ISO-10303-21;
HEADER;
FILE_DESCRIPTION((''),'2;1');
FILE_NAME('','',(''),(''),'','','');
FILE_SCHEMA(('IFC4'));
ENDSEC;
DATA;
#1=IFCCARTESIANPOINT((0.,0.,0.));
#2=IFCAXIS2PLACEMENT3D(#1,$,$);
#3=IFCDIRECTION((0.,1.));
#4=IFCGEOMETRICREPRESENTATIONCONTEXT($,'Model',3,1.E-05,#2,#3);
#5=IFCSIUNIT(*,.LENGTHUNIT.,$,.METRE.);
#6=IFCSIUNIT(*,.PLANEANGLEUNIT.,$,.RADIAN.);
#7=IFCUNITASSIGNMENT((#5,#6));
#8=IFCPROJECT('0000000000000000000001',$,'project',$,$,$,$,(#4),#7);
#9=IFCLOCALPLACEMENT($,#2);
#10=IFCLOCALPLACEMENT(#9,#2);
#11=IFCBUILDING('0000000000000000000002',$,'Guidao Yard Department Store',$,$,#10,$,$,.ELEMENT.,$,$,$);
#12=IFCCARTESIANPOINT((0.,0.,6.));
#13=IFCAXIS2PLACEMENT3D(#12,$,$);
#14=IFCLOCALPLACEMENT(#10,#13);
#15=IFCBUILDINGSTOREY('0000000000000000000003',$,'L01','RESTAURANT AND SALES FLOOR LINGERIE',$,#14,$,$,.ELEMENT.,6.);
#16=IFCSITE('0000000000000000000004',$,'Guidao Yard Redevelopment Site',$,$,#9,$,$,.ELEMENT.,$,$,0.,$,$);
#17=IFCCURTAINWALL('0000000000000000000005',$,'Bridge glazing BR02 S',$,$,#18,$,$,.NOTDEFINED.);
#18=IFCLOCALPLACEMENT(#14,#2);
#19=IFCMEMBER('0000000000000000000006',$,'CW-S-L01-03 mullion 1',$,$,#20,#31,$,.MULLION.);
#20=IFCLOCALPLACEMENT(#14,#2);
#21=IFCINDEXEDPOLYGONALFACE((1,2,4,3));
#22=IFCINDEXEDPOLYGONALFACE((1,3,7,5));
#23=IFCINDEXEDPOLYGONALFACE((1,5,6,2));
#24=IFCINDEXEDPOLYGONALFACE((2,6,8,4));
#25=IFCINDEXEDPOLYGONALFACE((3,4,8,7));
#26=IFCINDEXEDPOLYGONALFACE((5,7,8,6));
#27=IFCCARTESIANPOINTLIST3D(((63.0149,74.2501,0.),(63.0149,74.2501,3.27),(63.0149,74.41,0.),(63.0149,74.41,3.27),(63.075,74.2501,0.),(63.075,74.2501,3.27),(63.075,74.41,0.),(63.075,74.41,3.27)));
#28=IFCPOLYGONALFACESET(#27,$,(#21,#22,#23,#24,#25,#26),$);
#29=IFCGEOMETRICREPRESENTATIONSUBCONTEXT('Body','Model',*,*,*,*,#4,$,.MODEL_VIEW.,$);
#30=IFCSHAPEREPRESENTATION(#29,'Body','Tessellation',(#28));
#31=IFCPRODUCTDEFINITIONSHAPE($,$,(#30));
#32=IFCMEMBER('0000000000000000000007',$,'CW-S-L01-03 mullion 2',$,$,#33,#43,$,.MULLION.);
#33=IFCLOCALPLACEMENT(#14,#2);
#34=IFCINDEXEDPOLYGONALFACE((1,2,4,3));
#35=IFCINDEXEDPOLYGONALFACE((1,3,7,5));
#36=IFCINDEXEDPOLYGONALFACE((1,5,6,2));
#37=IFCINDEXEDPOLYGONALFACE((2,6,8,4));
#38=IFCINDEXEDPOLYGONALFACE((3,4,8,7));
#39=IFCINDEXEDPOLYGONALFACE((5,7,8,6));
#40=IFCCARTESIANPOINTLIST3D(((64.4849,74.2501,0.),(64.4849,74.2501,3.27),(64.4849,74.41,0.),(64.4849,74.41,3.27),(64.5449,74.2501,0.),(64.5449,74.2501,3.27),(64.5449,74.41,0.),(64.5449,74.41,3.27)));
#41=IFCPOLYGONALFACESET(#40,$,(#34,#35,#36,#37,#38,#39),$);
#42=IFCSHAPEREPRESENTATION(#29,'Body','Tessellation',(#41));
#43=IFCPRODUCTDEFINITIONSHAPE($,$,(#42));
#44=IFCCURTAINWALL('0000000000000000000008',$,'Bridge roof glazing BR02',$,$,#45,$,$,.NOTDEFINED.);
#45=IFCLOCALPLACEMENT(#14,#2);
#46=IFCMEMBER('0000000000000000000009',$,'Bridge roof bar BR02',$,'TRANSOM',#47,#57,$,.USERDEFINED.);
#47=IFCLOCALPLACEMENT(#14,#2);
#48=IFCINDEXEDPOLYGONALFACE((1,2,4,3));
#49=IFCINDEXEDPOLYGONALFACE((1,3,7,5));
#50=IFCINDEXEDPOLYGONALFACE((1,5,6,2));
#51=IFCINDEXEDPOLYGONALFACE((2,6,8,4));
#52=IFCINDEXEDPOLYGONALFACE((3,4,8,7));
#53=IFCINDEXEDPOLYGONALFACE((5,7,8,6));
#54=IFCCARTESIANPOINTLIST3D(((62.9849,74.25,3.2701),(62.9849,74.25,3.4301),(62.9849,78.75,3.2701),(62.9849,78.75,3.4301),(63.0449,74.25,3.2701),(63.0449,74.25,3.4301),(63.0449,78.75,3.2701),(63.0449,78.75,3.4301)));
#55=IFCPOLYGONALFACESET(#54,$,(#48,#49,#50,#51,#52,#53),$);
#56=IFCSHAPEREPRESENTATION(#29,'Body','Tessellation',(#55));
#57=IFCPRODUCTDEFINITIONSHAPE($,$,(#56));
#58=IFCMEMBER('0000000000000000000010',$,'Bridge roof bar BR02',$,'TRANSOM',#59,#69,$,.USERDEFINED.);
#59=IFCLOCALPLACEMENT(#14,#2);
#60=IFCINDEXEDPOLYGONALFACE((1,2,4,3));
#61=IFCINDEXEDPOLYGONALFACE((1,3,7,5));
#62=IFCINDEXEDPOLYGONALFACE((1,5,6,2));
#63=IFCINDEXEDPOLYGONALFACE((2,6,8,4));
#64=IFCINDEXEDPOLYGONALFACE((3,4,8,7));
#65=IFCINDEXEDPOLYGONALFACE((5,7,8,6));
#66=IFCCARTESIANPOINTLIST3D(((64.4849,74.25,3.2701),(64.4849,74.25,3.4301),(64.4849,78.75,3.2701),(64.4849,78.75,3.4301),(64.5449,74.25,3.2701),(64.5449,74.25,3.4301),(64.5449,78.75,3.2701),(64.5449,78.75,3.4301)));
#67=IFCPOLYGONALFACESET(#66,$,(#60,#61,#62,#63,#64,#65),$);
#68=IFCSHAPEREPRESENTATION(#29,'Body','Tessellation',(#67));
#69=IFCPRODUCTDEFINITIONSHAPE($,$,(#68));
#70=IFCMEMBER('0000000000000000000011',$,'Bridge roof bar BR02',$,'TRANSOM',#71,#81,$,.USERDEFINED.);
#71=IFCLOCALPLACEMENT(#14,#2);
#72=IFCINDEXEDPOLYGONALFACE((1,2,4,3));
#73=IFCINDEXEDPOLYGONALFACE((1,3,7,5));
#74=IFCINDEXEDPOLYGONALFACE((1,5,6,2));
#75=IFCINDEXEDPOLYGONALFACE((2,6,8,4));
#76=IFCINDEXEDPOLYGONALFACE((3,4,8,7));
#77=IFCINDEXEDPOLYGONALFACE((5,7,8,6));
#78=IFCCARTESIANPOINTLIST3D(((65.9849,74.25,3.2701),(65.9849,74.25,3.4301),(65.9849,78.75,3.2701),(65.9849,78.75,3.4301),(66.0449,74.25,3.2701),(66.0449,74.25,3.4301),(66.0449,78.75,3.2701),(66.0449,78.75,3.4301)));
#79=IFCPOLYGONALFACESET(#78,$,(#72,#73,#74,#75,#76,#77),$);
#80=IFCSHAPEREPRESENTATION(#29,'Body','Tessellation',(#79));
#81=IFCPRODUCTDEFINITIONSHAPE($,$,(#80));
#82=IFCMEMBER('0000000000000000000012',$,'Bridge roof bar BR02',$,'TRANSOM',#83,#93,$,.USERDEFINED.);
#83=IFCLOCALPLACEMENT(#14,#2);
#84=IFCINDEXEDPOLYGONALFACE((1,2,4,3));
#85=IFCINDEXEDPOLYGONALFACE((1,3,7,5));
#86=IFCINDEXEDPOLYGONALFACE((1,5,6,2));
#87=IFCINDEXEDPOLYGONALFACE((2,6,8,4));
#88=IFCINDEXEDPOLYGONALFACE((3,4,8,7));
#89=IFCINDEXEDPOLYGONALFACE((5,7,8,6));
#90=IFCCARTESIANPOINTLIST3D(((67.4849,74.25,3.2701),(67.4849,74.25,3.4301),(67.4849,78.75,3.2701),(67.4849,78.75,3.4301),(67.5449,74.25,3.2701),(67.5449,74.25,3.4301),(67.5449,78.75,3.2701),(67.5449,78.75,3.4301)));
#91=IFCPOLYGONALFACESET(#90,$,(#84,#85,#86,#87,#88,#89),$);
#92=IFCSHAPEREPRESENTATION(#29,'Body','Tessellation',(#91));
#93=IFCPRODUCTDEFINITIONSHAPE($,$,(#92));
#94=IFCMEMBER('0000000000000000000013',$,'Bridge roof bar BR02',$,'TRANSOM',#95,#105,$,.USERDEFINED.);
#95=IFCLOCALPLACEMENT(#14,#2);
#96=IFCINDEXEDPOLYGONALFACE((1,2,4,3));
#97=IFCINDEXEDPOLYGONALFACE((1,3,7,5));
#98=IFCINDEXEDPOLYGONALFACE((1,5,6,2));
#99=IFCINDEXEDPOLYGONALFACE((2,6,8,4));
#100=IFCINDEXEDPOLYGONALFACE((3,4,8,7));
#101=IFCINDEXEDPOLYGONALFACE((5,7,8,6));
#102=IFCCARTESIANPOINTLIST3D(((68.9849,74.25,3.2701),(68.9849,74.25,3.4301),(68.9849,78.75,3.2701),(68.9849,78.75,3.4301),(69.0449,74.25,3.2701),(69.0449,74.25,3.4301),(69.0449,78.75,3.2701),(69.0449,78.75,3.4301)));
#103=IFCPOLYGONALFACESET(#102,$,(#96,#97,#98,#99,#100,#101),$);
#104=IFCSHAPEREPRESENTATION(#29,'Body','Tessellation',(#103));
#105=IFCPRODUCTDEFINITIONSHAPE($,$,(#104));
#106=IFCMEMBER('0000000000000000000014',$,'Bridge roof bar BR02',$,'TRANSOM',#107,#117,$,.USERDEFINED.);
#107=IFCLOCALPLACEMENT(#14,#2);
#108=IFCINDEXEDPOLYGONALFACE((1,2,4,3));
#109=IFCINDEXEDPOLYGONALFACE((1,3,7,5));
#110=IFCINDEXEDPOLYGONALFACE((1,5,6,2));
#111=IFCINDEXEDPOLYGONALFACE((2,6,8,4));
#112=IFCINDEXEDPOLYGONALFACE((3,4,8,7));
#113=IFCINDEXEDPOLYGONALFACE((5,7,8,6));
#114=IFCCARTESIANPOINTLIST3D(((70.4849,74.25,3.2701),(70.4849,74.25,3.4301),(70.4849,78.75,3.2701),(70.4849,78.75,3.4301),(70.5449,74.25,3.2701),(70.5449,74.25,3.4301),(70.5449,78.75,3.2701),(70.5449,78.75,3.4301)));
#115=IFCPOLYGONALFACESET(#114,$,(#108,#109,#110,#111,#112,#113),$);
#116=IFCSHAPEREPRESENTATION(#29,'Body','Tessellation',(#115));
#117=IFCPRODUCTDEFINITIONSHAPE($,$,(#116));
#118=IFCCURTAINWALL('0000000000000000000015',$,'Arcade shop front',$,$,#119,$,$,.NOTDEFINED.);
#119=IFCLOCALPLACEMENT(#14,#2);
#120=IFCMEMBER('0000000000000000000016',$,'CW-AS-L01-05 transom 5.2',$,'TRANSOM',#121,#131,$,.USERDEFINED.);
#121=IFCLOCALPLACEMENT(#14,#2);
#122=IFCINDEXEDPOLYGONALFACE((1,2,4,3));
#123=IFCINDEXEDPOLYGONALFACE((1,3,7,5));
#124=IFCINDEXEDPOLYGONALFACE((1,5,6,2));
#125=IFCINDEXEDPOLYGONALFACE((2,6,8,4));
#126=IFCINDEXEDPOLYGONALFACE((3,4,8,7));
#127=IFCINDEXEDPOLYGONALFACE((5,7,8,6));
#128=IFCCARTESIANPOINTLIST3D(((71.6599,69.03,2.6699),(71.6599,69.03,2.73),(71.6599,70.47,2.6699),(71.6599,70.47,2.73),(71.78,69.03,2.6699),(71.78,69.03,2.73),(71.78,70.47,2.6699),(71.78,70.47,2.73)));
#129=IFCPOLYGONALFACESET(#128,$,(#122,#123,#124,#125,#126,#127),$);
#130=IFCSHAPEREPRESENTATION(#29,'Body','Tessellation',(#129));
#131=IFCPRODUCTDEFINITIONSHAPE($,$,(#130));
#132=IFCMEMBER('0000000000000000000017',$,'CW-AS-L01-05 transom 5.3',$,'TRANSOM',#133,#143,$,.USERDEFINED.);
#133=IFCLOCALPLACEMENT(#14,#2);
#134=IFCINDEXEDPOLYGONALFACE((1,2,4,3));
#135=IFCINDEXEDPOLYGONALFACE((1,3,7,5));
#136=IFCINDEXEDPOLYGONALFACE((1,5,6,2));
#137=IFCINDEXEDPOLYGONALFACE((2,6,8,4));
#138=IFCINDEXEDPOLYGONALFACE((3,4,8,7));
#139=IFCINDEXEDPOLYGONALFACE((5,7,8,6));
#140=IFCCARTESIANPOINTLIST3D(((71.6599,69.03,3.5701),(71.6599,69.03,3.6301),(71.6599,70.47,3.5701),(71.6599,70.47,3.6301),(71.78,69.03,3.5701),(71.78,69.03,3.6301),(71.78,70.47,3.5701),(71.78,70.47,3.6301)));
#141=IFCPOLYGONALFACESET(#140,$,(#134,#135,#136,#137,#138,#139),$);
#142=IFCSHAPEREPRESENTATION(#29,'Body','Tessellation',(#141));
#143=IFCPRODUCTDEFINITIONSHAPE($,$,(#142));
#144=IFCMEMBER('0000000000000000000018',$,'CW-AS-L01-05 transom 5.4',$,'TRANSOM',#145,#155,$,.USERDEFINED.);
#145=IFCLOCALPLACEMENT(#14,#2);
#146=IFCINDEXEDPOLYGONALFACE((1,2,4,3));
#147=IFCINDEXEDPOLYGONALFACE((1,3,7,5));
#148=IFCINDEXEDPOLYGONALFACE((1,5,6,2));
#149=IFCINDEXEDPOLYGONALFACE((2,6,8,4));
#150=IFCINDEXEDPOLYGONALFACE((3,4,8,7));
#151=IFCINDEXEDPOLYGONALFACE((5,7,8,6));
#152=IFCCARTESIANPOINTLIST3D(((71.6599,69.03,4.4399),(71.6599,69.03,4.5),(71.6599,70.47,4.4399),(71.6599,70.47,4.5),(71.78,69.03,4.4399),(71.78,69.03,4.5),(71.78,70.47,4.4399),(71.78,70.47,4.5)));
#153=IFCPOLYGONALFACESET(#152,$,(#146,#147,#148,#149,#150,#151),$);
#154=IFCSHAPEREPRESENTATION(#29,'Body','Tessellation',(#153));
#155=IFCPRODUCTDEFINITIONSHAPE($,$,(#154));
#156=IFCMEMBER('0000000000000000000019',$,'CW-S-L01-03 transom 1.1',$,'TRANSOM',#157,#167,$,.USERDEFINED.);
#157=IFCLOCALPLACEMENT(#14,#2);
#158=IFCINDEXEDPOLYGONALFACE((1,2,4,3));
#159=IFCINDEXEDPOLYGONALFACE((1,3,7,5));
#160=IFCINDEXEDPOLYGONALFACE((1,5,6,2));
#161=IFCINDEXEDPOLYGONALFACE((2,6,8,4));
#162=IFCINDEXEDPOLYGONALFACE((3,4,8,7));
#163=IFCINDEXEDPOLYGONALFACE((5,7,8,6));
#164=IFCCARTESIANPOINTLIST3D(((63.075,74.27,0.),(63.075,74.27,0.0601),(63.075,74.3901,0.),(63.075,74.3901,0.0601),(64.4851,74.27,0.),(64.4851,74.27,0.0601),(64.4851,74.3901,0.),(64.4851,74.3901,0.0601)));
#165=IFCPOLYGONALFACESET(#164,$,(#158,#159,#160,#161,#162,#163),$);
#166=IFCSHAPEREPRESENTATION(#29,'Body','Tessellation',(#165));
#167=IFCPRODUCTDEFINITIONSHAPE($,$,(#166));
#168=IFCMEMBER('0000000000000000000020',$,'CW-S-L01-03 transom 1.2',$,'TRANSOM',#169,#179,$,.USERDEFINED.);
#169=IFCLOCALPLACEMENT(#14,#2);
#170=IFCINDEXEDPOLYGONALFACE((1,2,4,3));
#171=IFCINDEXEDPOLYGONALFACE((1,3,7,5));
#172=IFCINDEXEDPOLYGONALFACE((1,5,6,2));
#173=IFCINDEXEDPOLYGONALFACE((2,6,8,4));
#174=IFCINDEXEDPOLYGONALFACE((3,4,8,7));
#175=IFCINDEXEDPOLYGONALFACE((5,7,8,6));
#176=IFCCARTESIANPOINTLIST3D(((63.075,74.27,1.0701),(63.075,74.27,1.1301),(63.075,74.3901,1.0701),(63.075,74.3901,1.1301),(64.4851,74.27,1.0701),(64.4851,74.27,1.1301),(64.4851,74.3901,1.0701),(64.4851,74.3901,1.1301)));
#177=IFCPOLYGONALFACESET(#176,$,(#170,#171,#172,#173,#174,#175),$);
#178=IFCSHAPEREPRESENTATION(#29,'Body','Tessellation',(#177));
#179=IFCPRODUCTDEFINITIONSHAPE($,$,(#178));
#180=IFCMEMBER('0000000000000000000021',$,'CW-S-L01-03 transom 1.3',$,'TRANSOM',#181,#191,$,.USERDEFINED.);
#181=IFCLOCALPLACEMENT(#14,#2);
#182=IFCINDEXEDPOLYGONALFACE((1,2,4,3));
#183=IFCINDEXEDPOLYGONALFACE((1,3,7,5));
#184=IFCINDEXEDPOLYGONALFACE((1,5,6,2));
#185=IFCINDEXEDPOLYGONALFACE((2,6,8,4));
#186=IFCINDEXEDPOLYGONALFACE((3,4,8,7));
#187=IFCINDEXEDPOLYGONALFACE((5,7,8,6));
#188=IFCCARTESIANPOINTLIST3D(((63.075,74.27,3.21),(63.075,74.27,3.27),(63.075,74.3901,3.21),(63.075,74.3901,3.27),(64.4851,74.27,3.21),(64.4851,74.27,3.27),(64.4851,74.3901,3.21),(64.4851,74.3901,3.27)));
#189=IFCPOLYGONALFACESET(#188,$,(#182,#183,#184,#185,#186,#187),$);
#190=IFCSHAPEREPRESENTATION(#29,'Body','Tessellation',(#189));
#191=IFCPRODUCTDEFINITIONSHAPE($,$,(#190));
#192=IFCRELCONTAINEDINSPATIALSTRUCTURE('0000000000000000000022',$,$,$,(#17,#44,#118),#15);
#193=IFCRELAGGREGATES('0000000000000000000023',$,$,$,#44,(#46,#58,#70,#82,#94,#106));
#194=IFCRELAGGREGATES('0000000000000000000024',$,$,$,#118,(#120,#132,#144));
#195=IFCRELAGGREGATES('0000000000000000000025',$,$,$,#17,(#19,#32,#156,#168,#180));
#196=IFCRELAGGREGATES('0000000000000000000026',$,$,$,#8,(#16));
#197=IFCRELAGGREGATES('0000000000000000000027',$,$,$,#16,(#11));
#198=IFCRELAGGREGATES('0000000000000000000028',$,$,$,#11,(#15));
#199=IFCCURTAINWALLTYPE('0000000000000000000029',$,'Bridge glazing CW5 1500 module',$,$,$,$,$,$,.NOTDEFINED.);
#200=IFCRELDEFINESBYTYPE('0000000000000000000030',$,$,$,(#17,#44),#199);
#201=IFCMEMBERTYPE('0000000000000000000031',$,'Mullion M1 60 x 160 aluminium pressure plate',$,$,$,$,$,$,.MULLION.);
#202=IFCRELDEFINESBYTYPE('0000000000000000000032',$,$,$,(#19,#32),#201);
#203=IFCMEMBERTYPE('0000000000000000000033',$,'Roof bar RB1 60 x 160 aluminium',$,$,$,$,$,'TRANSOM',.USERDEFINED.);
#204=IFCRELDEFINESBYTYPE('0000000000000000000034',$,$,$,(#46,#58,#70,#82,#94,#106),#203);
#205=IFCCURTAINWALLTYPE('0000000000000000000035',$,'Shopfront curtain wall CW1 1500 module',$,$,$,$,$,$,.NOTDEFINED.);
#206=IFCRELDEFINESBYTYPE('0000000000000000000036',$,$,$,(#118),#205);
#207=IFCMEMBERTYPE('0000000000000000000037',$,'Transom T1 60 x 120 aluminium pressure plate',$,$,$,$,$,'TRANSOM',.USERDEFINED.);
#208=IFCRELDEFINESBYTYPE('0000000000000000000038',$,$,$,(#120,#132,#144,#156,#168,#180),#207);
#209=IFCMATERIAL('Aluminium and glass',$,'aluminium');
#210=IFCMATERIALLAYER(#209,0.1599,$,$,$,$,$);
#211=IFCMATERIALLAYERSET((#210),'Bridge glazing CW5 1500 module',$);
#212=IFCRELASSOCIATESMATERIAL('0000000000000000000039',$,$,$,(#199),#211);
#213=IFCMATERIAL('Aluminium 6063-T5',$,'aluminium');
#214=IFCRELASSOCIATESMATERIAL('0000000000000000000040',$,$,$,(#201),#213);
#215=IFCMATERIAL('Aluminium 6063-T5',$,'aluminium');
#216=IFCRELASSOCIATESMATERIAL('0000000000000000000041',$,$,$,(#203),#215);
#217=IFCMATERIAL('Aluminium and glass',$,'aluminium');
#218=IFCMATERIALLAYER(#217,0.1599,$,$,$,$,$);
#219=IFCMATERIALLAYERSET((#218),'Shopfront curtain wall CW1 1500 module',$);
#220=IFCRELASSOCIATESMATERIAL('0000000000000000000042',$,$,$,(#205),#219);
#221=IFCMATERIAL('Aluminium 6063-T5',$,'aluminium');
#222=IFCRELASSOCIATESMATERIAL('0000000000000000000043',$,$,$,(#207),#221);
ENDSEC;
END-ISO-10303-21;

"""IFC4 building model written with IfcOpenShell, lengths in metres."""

from ifc_helpers import new_model, si_unit, direction, frame, origin, origin_2d, place, context, subcontext, project, spatial, rectangle, extrude, material, layer, layer_set, material_profile, profile_set, type_object, element, aggregate, save


model = new_model("IFC4")

# Units and contexts
model_context = context("Model", 3, precision=1e-05, world=origin(), true_north=direction((0.0, 1.0)))
body_context = subcontext(model_context, "Body", "Model", "MODEL_VIEW")
ifc_project = project(units=[si_unit("LENGTHUNIT", "METRE"), si_unit("PLANEANGLEUNIT", "RADIAN")], contexts=[model_context])

# Site, building, storey
site_placement = place(None, origin())
site = spatial("IfcSite", under=ifc_project, at=site_placement, Name="Guidao Yard Redevelopment Site", CompositionType="ELEMENT", RefElevation=0.0)
building_placement = place(site_placement, origin())
building = spatial("IfcBuilding", under=site, at=building_placement, Name="Guidao Yard Department Store", CompositionType="ELEMENT")
storey_placement = place(building_placement, frame((0.0, 0.0, 6.0)))
storey = spatial("IfcBuildingStorey", under=building, at=storey_placement, Name="L01", Description="RESTAURANT AND SALES FLOOR LINGERIE", CompositionType="ELEMENT", Elevation=6.0)

# Curtain walls, members
ifc_material_1 = material(Name="Aluminium and glass", Category="aluminium")
ifc_layer_1 = layer(ifc_material_1, 0.1599)
ifc_layer_set_1 = layer_set([ifc_layer_1], Name="Bridge glazing CW5 1500 module")
curtain_wall_type_1 = type_object("IfcCurtainWallType", Name="Bridge glazing CW5 1500 module", PredefinedType="NOTDEFINED", material=ifc_layer_set_1)
curtain_wall_1_placement = place(storey_placement, origin())
curtain_wall_1 = element("IfcCurtainWall", 1, at=curtain_wall_1_placement, inside=storey, type_object=curtain_wall_type_1, Name="Bridge glazing BR02 S", PredefinedType="NOTDEFINED")
ifc_material_2 = material(Name="Aluminium 6063-T5", Category="aluminium")
ifc_material_profile_1 = material_profile(ifc_material_2, rectangle(XDim=0.0601, YDim=0.1599, at=origin_2d()), Name="Mullion M1 60 x 160 aluminium pressure plate")
ifc_profile_set_1 = profile_set([ifc_material_profile_1], Name="Aluminium 6063-T5")
member_type_1 = type_object("IfcMemberType", Name="Mullion M1 60 x 160 aluminium pressure plate", PredefinedType="MULLION", material=ifc_profile_set_1)
member_1_placement = place(storey_placement, frame((63.0449, 74.3301, 0.0), z_axis=(0.0, 0.0, 1.0), x_axis=(-1.0, 0.0, 0.0)))
member_1 = element("IfcMember", 2, at=member_1_placement, type_object=member_type_1, Name="CW-S-L01-03 mullion 1", PredefinedType="MULLION", context=body_context, shape_type="SweptSolid", body=[
    extrude(rectangle(XDim=0.0601, YDim=0.1599, at=origin_2d()), origin(), (0.0, 0.0, 1.0), 3.27),
])
member_2_placement = place(storey_placement, frame((64.5149, 74.3301, 0.0), z_axis=(0.0, 0.0, 1.0), x_axis=(-1.0, 0.0, 0.0)))
member_2 = element("IfcMember", 3, at=member_2_placement, type_object=member_type_1, Name="CW-S-L01-03 mullion 2", PredefinedType="MULLION", context=body_context, shape_type="SweptSolid", body=[
    extrude(rectangle(XDim=0.0601, YDim=0.1599, at=origin_2d()), origin(), (0.0, 0.0, 1.0), 3.27),
])
curtain_wall_2_placement = place(storey_placement, origin())
curtain_wall_2 = element("IfcCurtainWall", 4, at=curtain_wall_2_placement, inside=storey, type_object=curtain_wall_type_1, Name="Bridge roof glazing BR02", PredefinedType="NOTDEFINED")
ifc_material_3 = material(Name="Aluminium 6063-T5", Category="aluminium")
ifc_material_profile_2 = material_profile(ifc_material_3, rectangle(XDim=0.0601, YDim=0.1599, at=origin_2d()), Name="Roof bar RB1 60 x 160 aluminium")
ifc_profile_set_2 = profile_set([ifc_material_profile_2], Name="Aluminium 6063-T5")
member_type_2 = type_object("IfcMemberType", Name="Roof bar RB1 60 x 160 aluminium", ElementType="TRANSOM", PredefinedType="USERDEFINED", material=ifc_profile_set_2)
member_3_placement = place(storey_placement, frame((63.0149, 74.25, 3.3501), z_axis=(0.0, 1.0, 0.0), x_axis=(-1.0, 0.0, 0.0)))
member_3 = element("IfcMember", 5, at=member_3_placement, type_object=member_type_2, Name="Bridge roof bar BR02", ObjectType="TRANSOM", PredefinedType="USERDEFINED", context=body_context, shape_type="SweptSolid", body=[
    extrude(rectangle(XDim=0.0601, YDim=0.1599, at=origin_2d()), origin(), (0.0, 0.0, 1.0), 4.5),
])
member_4_placement = place(storey_placement, frame((64.5149, 74.25, 3.3501), z_axis=(0.0, 1.0, 0.0), x_axis=(-1.0, 0.0, 0.0)))
member_4 = element("IfcMember", 6, at=member_4_placement, type_object=member_type_2, Name="Bridge roof bar BR02", ObjectType="TRANSOM", PredefinedType="USERDEFINED", context=body_context, shape_type="SweptSolid", body=[
    extrude(rectangle(XDim=0.0601, YDim=0.1599, at=origin_2d()), origin(), (0.0, 0.0, 1.0), 4.5),
])
member_5_placement = place(storey_placement, frame((66.0149, 74.25, 3.3501), z_axis=(0.0, 1.0, 0.0), x_axis=(-1.0, 0.0, 0.0)))
member_5 = element("IfcMember", 7, at=member_5_placement, type_object=member_type_2, Name="Bridge roof bar BR02", ObjectType="TRANSOM", PredefinedType="USERDEFINED", context=body_context, shape_type="SweptSolid", body=[
    extrude(rectangle(XDim=0.0601, YDim=0.1599, at=origin_2d()), origin(), (0.0, 0.0, 1.0), 4.5),
])
member_6_placement = place(storey_placement, frame((67.5149, 74.25, 3.3501), z_axis=(0.0, 1.0, 0.0), x_axis=(-1.0, 0.0, 0.0)))
member_6 = element("IfcMember", 8, at=member_6_placement, type_object=member_type_2, Name="Bridge roof bar BR02", ObjectType="TRANSOM", PredefinedType="USERDEFINED", context=body_context, shape_type="SweptSolid", body=[
    extrude(rectangle(XDim=0.0601, YDim=0.1599, at=origin_2d()), origin(), (0.0, 0.0, 1.0), 4.5),
])
member_7_placement = place(storey_placement, frame((69.0149, 74.25, 3.3501), z_axis=(0.0, 1.0, 0.0), x_axis=(-1.0, 0.0, 0.0)))
member_7 = element("IfcMember", 9, at=member_7_placement, type_object=member_type_2, Name="Bridge roof bar BR02", ObjectType="TRANSOM", PredefinedType="USERDEFINED", context=body_context, shape_type="SweptSolid", body=[
    extrude(rectangle(XDim=0.0601, YDim=0.1599, at=origin_2d()), origin(), (0.0, 0.0, 1.0), 4.5),
])
member_8_placement = place(storey_placement, frame((70.5149, 74.25, 3.3501), z_axis=(0.0, 1.0, 0.0), x_axis=(-1.0, 0.0, 0.0)))
member_8 = element("IfcMember", 10, at=member_8_placement, type_object=member_type_2, Name="Bridge roof bar BR02", ObjectType="TRANSOM", PredefinedType="USERDEFINED", context=body_context, shape_type="SweptSolid", body=[
    extrude(rectangle(XDim=0.0601, YDim=0.1599, at=origin_2d()), origin(), (0.0, 0.0, 1.0), 4.5),
])
aggregate(curtain_wall_2, [member_3, member_4, member_5, member_6, member_7, member_8])
ifc_material_4 = material(Name="Aluminium and glass", Category="aluminium")
ifc_layer_2 = layer(ifc_material_4, 0.1599)
ifc_layer_set_2 = layer_set([ifc_layer_2], Name="Shopfront curtain wall CW1 1500 module")
curtain_wall_type_2 = type_object("IfcCurtainWallType", Name="Shopfront curtain wall CW1 1500 module", PredefinedType="NOTDEFINED", material=ifc_layer_set_2)
curtain_wall_3_placement = place(storey_placement, origin())
curtain_wall_3 = element("IfcCurtainWall", 11, at=curtain_wall_3_placement, inside=storey, type_object=curtain_wall_type_2, Name="Arcade shop front", PredefinedType="NOTDEFINED")
ifc_material_5 = material(Name="Aluminium 6063-T5", Category="aluminium")
ifc_material_profile_3 = material_profile(ifc_material_5, rectangle(XDim=0.1201, YDim=0.0601, at=origin_2d()), Name="Transom T1 60 x 120 aluminium pressure plate")
ifc_profile_set_3 = profile_set([ifc_material_profile_3], Name="Aluminium 6063-T5")
member_type_3 = type_object("IfcMemberType", Name="Transom T1 60 x 120 aluminium pressure plate", ElementType="TRANSOM", PredefinedType="USERDEFINED", material=ifc_profile_set_3)
member_9_placement = place(storey_placement, frame((71.72, 69.03, 2.7), z_axis=(0.0, 1.0, 0.0), x_axis=(-1.0, 0.0, 0.0)))
member_9 = element("IfcMember", 12, at=member_9_placement, type_object=member_type_3, Name="CW-AS-L01-05 transom 5.2", ObjectType="TRANSOM", PredefinedType="USERDEFINED", context=body_context, shape_type="SweptSolid", body=[
    extrude(rectangle(XDim=0.1201, YDim=0.0601, at=origin_2d()), origin(), (0.0, 0.0, 1.0), 1.4399),
])
member_10_placement = place(storey_placement, frame((71.72, 69.03, 3.6001), z_axis=(0.0, 1.0, 0.0), x_axis=(-1.0, 0.0, 0.0)))
member_10 = element("IfcMember", 13, at=member_10_placement, type_object=member_type_3, Name="CW-AS-L01-05 transom 5.3", ObjectType="TRANSOM", PredefinedType="USERDEFINED", context=body_context, shape_type="SweptSolid", body=[
    extrude(rectangle(XDim=0.1201, YDim=0.0601, at=origin_2d()), origin(), (0.0, 0.0, 1.0), 1.4399),
])
member_11_placement = place(storey_placement, frame((71.72, 69.03, 4.47), z_axis=(0.0, 1.0, 0.0), x_axis=(-1.0, 0.0, 0.0)))
member_11 = element("IfcMember", 14, at=member_11_placement, type_object=member_type_3, Name="CW-AS-L01-05 transom 5.4", ObjectType="TRANSOM", PredefinedType="USERDEFINED", context=body_context, shape_type="SweptSolid", body=[
    extrude(rectangle(XDim=0.1201, YDim=0.0601, at=origin_2d()), origin(), (0.0, 0.0, 1.0), 1.4399),
])

# Members
member_12_placement = place(storey_placement, frame((64.4851, 74.3301, 0.03), z_axis=(-1.0, 0.0, 0.0), x_axis=(0.0, -1.0, 0.0)))
member_12 = element("IfcMember", 15, at=member_12_placement, type_object=member_type_3, Name="CW-S-L01-03 transom 1.1", ObjectType="TRANSOM", PredefinedType="USERDEFINED", context=body_context, shape_type="SweptSolid", body=[
    extrude(rectangle(XDim=0.1201, YDim=0.0601, at=origin_2d()), origin(), (0.0, 0.0, 1.0), 1.4102),
])
member_13_placement = place(storey_placement, frame((64.4851, 74.3301, 1.1001), z_axis=(-1.0, 0.0, 0.0), x_axis=(0.0, -1.0, 0.0)))
member_13 = element("IfcMember", 16, at=member_13_placement, type_object=member_type_3, Name="CW-S-L01-03 transom 1.2", ObjectType="TRANSOM", PredefinedType="USERDEFINED", context=body_context, shape_type="SweptSolid", body=[
    extrude(rectangle(XDim=0.1201, YDim=0.0601, at=origin_2d()), origin(), (0.0, 0.0, 1.0), 1.4102),
])
member_14_placement = place(storey_placement, frame((64.4851, 74.3301, 3.24), z_axis=(-1.0, 0.0, 0.0), x_axis=(0.0, -1.0, 0.0)))
member_14 = element("IfcMember", 17, at=member_14_placement, type_object=member_type_3, Name="CW-S-L01-03 transom 1.3", ObjectType="TRANSOM", PredefinedType="USERDEFINED", context=body_context, shape_type="SweptSolid", body=[
    extrude(rectangle(XDim=0.1201, YDim=0.0601, at=origin_2d()), origin(), (0.0, 0.0, 1.0), 1.4102),
])

aggregate(curtain_wall_3, [member_9, member_10, member_11])
aggregate(curtain_wall_1, [member_1, member_2, member_12, member_13, member_14])

save(model, "model.ifc")
